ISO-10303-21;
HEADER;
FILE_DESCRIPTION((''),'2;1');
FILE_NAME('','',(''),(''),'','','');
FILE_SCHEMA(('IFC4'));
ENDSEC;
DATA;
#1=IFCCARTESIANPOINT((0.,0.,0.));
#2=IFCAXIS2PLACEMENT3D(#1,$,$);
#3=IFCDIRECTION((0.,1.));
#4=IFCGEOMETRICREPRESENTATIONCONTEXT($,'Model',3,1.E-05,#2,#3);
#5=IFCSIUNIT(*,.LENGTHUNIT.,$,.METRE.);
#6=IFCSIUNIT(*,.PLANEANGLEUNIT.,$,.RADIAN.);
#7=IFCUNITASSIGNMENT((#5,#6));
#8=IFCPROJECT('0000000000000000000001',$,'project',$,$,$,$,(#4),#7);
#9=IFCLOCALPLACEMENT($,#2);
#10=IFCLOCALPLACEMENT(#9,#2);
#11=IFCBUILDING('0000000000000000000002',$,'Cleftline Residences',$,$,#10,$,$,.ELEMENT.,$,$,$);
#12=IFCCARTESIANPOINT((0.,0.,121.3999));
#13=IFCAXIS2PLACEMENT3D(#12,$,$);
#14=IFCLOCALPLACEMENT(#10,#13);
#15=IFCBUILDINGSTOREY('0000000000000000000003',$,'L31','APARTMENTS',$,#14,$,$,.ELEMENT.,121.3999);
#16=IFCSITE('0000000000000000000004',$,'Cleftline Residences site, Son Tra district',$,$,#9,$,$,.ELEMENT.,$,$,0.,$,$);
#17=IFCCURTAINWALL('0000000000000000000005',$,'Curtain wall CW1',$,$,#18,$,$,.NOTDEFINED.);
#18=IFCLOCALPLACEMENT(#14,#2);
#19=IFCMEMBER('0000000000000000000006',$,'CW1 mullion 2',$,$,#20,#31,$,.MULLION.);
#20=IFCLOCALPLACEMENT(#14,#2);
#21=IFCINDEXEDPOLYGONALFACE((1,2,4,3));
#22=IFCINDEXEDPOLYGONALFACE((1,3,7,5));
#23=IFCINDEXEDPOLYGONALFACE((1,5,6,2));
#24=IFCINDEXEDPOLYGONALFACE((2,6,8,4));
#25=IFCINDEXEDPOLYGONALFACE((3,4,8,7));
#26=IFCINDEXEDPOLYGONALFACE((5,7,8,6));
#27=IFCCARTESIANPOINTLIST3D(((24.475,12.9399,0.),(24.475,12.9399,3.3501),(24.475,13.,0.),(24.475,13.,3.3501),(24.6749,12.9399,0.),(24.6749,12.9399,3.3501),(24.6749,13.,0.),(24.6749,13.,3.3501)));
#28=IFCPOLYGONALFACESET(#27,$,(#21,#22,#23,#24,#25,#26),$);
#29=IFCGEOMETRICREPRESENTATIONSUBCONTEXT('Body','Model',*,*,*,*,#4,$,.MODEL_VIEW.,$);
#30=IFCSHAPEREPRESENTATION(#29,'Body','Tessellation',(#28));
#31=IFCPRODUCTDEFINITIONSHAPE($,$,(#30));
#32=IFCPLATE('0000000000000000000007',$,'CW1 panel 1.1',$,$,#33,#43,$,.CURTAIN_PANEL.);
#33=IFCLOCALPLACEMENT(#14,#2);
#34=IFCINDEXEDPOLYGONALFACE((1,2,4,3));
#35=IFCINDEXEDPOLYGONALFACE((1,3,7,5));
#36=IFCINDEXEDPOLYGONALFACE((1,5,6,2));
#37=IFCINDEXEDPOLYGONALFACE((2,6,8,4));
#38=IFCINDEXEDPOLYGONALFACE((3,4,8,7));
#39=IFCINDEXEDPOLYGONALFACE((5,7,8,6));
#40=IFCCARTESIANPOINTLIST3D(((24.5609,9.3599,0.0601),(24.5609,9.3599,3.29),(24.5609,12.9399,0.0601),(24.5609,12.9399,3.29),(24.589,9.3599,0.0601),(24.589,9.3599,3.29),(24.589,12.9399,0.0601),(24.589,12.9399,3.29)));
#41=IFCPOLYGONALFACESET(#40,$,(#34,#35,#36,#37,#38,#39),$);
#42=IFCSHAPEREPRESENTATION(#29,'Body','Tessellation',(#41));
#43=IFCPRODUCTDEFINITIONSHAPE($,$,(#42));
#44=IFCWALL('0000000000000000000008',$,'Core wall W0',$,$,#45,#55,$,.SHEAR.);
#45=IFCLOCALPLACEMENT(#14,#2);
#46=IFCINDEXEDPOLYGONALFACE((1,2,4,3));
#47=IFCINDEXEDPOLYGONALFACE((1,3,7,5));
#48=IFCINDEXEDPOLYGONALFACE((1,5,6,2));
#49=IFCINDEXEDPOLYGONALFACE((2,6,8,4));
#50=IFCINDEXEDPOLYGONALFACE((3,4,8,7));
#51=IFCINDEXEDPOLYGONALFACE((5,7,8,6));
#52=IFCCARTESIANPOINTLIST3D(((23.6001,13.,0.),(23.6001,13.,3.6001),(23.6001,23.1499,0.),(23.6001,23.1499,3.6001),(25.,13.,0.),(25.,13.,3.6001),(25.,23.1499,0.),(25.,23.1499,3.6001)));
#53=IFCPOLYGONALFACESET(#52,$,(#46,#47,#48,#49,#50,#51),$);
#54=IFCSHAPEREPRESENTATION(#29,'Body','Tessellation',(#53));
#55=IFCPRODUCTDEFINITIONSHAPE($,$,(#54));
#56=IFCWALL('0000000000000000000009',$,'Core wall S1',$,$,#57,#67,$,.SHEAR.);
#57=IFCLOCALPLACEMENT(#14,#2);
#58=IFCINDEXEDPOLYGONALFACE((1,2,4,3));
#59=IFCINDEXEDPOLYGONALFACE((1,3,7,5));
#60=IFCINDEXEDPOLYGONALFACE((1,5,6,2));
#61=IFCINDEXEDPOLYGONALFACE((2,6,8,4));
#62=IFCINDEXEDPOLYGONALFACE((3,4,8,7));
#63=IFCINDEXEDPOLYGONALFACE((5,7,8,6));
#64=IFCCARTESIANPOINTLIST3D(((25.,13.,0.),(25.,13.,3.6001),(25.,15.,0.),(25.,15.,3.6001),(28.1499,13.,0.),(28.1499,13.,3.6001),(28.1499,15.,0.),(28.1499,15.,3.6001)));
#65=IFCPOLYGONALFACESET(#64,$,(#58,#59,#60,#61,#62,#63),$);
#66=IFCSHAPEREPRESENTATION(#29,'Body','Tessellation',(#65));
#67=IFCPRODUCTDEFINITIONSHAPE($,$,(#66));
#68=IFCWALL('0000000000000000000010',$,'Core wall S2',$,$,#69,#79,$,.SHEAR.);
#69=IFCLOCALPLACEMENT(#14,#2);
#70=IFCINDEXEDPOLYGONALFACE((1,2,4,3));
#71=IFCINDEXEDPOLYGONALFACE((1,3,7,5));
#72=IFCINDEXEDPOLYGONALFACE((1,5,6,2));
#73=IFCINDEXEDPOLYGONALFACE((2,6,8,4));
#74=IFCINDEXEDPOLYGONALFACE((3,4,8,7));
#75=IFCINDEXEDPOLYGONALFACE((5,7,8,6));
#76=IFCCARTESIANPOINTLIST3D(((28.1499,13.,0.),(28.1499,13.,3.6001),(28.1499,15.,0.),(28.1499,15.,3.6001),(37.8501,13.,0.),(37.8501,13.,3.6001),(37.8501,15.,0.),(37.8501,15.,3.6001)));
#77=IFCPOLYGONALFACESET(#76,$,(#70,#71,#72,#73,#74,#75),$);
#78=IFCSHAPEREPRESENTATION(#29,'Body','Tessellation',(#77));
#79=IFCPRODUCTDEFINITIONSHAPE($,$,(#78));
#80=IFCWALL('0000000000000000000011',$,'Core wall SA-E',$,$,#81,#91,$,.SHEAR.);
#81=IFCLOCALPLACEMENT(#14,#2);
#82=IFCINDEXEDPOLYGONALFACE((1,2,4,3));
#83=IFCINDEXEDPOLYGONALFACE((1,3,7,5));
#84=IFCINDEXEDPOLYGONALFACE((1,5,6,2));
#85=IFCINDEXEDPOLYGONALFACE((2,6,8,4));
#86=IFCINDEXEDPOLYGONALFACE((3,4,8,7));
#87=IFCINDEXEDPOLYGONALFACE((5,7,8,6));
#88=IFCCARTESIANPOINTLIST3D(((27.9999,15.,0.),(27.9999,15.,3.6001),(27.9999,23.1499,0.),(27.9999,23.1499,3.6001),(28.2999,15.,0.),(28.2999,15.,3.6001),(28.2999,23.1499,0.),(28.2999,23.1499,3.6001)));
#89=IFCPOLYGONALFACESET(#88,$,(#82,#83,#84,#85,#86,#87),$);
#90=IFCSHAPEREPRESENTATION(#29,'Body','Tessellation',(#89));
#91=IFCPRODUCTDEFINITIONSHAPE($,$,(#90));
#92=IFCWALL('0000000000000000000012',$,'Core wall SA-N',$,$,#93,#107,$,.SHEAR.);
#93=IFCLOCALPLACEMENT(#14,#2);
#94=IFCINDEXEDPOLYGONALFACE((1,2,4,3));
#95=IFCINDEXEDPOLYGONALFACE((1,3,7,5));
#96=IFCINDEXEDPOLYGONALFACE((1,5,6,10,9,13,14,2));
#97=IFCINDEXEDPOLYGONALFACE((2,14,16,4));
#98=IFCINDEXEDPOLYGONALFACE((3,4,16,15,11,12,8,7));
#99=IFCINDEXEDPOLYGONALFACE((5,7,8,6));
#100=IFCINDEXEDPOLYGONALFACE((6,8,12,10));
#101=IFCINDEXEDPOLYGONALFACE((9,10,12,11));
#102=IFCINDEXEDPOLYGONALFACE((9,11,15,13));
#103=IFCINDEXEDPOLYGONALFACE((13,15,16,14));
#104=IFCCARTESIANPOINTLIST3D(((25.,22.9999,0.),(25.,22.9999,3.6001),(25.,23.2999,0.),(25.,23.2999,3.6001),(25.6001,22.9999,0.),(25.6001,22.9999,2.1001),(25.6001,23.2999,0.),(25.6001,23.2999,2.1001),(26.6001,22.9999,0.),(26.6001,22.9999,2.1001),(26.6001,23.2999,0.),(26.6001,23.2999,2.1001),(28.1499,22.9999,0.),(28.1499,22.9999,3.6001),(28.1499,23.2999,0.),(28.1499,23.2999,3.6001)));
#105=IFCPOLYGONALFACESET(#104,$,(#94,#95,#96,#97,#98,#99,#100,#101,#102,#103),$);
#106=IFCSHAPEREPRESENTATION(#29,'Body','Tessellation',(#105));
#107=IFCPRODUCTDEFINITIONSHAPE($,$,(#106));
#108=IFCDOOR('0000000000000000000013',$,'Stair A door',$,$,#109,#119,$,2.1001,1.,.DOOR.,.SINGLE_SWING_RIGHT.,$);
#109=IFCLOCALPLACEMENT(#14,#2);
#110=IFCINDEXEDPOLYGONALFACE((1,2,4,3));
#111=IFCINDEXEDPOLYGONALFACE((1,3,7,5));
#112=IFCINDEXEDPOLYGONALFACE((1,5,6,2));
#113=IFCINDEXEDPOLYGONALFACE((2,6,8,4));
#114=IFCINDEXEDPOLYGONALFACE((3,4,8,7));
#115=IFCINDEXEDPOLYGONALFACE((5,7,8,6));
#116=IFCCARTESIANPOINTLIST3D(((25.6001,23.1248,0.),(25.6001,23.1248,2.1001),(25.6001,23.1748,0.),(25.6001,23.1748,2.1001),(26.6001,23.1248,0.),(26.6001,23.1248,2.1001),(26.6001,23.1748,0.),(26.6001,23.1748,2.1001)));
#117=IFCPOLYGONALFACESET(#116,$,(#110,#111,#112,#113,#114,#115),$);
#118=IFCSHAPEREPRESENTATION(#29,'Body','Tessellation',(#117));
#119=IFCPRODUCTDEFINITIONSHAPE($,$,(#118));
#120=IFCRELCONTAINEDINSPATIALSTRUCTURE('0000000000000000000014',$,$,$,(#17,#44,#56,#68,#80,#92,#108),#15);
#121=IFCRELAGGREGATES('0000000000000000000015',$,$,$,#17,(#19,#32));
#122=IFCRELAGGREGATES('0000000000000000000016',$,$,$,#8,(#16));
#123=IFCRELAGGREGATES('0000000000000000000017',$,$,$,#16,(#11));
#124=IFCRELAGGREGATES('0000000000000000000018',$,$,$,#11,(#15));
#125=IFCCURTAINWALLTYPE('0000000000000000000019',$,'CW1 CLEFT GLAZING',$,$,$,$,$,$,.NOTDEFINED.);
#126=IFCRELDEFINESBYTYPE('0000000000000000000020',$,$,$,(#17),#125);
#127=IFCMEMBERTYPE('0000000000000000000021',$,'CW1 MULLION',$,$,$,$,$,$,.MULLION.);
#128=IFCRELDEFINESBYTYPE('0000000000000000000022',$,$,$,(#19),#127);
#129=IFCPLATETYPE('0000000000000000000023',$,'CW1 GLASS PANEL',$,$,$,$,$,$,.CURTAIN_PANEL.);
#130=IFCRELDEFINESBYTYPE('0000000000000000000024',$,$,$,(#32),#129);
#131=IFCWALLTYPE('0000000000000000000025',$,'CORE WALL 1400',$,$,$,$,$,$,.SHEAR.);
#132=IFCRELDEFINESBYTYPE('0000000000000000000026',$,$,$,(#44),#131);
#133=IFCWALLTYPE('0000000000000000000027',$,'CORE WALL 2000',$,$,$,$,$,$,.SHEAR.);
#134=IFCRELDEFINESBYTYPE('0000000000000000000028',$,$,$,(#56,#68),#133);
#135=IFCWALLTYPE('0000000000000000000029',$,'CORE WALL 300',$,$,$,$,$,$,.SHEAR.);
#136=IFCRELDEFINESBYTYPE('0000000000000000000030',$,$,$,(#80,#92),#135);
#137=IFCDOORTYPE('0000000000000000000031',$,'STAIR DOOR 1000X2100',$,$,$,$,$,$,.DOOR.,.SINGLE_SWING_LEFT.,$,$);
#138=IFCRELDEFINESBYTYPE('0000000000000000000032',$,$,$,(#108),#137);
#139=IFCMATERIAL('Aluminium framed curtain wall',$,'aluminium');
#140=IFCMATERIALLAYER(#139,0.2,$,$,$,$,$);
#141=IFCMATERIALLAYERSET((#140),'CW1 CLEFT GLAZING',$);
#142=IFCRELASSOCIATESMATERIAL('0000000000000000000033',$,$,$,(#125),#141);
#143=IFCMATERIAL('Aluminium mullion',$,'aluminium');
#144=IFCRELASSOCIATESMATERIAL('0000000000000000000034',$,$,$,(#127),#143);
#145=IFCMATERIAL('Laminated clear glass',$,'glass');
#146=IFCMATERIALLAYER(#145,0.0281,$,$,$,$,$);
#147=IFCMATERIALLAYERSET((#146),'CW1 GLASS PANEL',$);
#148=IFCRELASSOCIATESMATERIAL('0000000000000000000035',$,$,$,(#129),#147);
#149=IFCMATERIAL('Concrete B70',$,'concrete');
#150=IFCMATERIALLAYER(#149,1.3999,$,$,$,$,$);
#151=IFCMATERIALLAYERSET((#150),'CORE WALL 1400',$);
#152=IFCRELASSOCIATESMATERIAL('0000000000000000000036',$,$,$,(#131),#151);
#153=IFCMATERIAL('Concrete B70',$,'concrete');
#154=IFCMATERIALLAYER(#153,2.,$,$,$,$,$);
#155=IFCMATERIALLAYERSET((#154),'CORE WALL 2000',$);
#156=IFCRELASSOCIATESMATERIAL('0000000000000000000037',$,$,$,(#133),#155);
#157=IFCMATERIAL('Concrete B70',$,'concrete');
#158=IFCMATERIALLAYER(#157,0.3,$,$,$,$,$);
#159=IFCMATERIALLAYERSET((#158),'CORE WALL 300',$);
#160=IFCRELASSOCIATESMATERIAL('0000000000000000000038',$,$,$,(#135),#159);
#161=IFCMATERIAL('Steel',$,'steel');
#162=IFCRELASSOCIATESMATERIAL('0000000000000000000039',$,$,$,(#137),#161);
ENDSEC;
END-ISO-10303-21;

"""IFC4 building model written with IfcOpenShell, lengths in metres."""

from ifc_helpers import new_model, si_unit, direction, frame, frame_2d, origin, origin_2d, place, context, subcontext, project, spatial, rectangle, extrude, material, layer, layer_set, material_profile, profile_set, type_object, element, fill, aggregate, save


model = new_model("IFC4")

# Units and contexts
model_context = context("Model", 3, precision=1e-05, world=origin(), true_north=direction((0.0, 1.0)))
body_context = subcontext(model_context, "Body", "Model", "MODEL_VIEW")
ifc_project = project(units=[si_unit("LENGTHUNIT", "METRE"), si_unit("PLANEANGLEUNIT", "RADIAN")], contexts=[model_context])

# Site, building, storey
site_placement = place(None, origin())
site = spatial("IfcSite", under=ifc_project, at=site_placement, Name="Cleftline Residences site, Son Tra district", CompositionType="ELEMENT", RefElevation=0.0)
building_placement = place(site_placement, origin())
building = spatial("IfcBuilding", under=site, at=building_placement, Name="Cleftline Residences", CompositionType="ELEMENT")
storey_placement = place(building_placement, frame((0.0, 0.0, 121.3999)))
storey = spatial("IfcBuildingStorey", under=building, at=storey_placement, Name="L31", Description="APARTMENTS", CompositionType="ELEMENT", Elevation=121.3999)

# Curtain wall, member, plate
ifc_material_1 = material(Name="Aluminium framed curtain wall", Category="aluminium")
ifc_layer_1 = layer(ifc_material_1, 0.2)
ifc_layer_set_1 = layer_set([ifc_layer_1], Name="CW1 CLEFT GLAZING")
curtain_wall_type = type_object("IfcCurtainWallType", Name="CW1 CLEFT GLAZING", PredefinedType="NOTDEFINED", material=ifc_layer_set_1)
curtain_wall_placement = place(storey_placement, origin())
curtain_wall = element("IfcCurtainWall", 1, at=curtain_wall_placement, inside=storey, type_object=curtain_wall_type, Name="Curtain wall CW1", PredefinedType="NOTDEFINED")
ifc_material_2 = material(Name="Aluminium mullion", Category="aluminium")
ifc_material_profile = material_profile(ifc_material_2, rectangle(XDim=0.2, YDim=0.0601, at=origin_2d()))
ifc_profile_set = profile_set([ifc_material_profile], Name="Aluminium mullion")
member_type = type_object("IfcMemberType", Name="CW1 MULLION", PredefinedType="MULLION", material=ifc_profile_set)
member_placement = place(storey_placement, frame((24.575, 12.97, 0.0), z_axis=(0.0, 0.0, 1.0), x_axis=(-1.0, 0.0, 0.0)))
member = element("IfcMember", 2, at=member_placement, type_object=member_type, Name="CW1 mullion 2", PredefinedType="MULLION", context=body_context, shape_type="SweptSolid", body=[
    extrude(rectangle(XDim=0.2, YDim=0.0601, at=origin_2d()), origin(), (0.0, 0.0, 1.0), 3.3501),
])
ifc_material_3 = material(Name="Laminated clear glass", Category="glass")
ifc_layer_2 = layer(ifc_material_3, 0.0281)
ifc_layer_set_2 = layer_set([ifc_layer_2], Name="CW1 GLASS PANEL")
plate_type = type_object("IfcPlateType", Name="CW1 GLASS PANEL", PredefinedType="CURTAIN_PANEL", material=ifc_layer_set_2)
plate_placement = place(storey_placement, frame((24.575, 11.1499, 0.0601), z_axis=(0.0, 0.0, 1.0), x_axis=(0.0, 1.0, 0.0)))
plate = element("IfcPlate", 3, at=plate_placement, type_object=plate_type, Name="CW1 panel 1.1", PredefinedType="CURTAIN_PANEL", context=body_context, shape_type="SweptSolid", body=[
    extrude(rectangle(XDim=3.5801, YDim=0.0281, at=origin_2d()), origin(), (0.0, 0.0, 1.0), 3.23),
])
aggregate(curtain_wall, [member, plate])

# Wall
ifc_material_4 = material(Name="Concrete B70", Category="concrete")
ifc_layer_3 = layer(ifc_material_4, 1.3999)
ifc_layer_set_3 = layer_set([ifc_layer_3], Name="CORE WALL 1400")
wall_type_1 = type_object("IfcWallType", Name="CORE WALL 1400", PredefinedType="SHEAR", material=ifc_layer_set_3)
wall_1_placement = place(storey_placement, frame((24.3, 13.0, 0.0), z_axis=(0.0, 0.0, 1.0), x_axis=(0.0, 1.0, 0.0)))
element("IfcWall", 4, at=wall_1_placement, inside=storey, type_object=wall_type_1, Name="Core wall W0", PredefinedType="SHEAR", context=body_context, shape_type="SweptSolid", body=[
    extrude(rectangle(XDim=10.1499, YDim=1.3999, at=frame_2d((5.075, 0.0))), origin(), (0.0, 0.0, 1.0), 3.6001),
])

# Walls
ifc_material_5 = material(Name="Concrete B70", Category="concrete")
ifc_layer_4 = layer(ifc_material_5, 2.0)
ifc_layer_set_4 = layer_set([ifc_layer_4], Name="CORE WALL 2000")
wall_type_2 = type_object("IfcWallType", Name="CORE WALL 2000", PredefinedType="SHEAR", material=ifc_layer_set_4)
wall_2_placement = place(storey_placement, frame((25.0, 14.0, 0.0), z_axis=(0.0, 0.0, 1.0), x_axis=(1.0, 0.0, 0.0)))
element("IfcWall", 5, at=wall_2_placement, inside=storey, type_object=wall_type_2, Name="Core wall S1", PredefinedType="SHEAR", context=body_context, shape_type="SweptSolid", body=[
    extrude(rectangle(XDim=3.1499, YDim=2.0, at=frame_2d((1.575, 0.0))), origin(), (0.0, 0.0, 1.0), 3.6001),
])
wall_3_placement = place(storey_placement, frame((28.1499, 14.0, 0.0), z_axis=(0.0, 0.0, 1.0), x_axis=(1.0, 0.0, 0.0)))
element("IfcWall", 6, at=wall_3_placement, inside=storey, type_object=wall_type_2, Name="Core wall S2", PredefinedType="SHEAR", context=body_context, shape_type="SweptSolid", body=[
    extrude(rectangle(XDim=9.7002, YDim=2.0, at=frame_2d((4.8501, 0.0))), origin(), (0.0, 0.0, 1.0), 3.6001),
])
ifc_material_6 = material(Name="Concrete B70", Category="concrete")
ifc_layer_5 = layer(ifc_material_6, 0.3)
ifc_layer_set_5 = layer_set([ifc_layer_5], Name="CORE WALL 300")
wall_type_3 = type_object("IfcWallType", Name="CORE WALL 300", PredefinedType="SHEAR", material=ifc_layer_set_5)
wall_4_placement = place(storey_placement, frame((28.1499, 15.0, 0.0), z_axis=(0.0, 0.0, 1.0), x_axis=(0.0, 1.0, 0.0)))
element("IfcWall", 7, at=wall_4_placement, inside=storey, type_object=wall_type_3, Name="Core wall SA-E", PredefinedType="SHEAR", context=body_context, shape_type="SweptSolid", body=[
    extrude(rectangle(XDim=8.1499, YDim=0.3, at=frame_2d((4.075, 0.0))), origin(), (0.0, 0.0, 1.0), 3.6001),
])

# Wall, opening, door
wall_5_placement = place(storey_placement, frame((25.0, 23.1499, 0.0), z_axis=(0.0, 0.0, 1.0), x_axis=(1.0, 0.0, 0.0)))
wall_5 = element("IfcWall", 8, at=wall_5_placement, inside=storey, type_object=wall_type_3, Name="Core wall SA-N", PredefinedType="SHEAR", context=body_context, shape_type="SweptSolid", body=[
    extrude(rectangle(XDim=3.1499, YDim=0.3, at=frame_2d((1.575, 0.0))), origin(), (0.0, 0.0, 1.0), 3.6001),
])
opening_1_placement = place(wall_5_placement, frame((0.6001, 0.0, 0.0)))
opening_1 = element("IfcOpeningElement", 9, at=opening_1_placement, cuts=wall_5, PredefinedType="OPENING", context=body_context, shape_type="SweptSolid", body=[
    extrude(rectangle(XDim=1.0, YDim=2.1001, at=frame_2d((0.5, 1.05))), frame((0.0, 0.1599, 0.0), z_axis=(0.0, -1.0, 0.0), x_axis=(1.0, 0.0, 0.0)), (0.0, 0.0, 1.0), 0.3201),
])
ifc_material_7 = material(Name="Steel", Category="steel")
door_type_1 = type_object("IfcDoorType", Name="STAIR DOOR 1000X2100", OperationType="SINGLE_SWING_LEFT", PredefinedType="DOOR", material=ifc_material_7)
door_1_placement = place(opening_1_placement, origin())
door_1 = element("IfcDoor", 10, at=door_1_placement, inside=storey, type_object=door_type_1, Name="Stair A door", OperationType="SINGLE_SWING_RIGHT", OverallHeight=2.1001, OverallWidth=1.0, PredefinedType="DOOR", context=body_context, shape_type="SweptSolid", body=[
    extrude(rectangle(XDim=1.0, YDim=2.1001, at=frame_2d((0.5, 1.05))), frame((0.0, 0.0249, 0.0), z_axis=(0.0, -1.0, 0.0), x_axis=(1.0, 0.0, 0.0)), (0.0, 0.0, 1.0), 0.05),
])
fill(opening_1, door_1)

save(model, "model.ifc")
